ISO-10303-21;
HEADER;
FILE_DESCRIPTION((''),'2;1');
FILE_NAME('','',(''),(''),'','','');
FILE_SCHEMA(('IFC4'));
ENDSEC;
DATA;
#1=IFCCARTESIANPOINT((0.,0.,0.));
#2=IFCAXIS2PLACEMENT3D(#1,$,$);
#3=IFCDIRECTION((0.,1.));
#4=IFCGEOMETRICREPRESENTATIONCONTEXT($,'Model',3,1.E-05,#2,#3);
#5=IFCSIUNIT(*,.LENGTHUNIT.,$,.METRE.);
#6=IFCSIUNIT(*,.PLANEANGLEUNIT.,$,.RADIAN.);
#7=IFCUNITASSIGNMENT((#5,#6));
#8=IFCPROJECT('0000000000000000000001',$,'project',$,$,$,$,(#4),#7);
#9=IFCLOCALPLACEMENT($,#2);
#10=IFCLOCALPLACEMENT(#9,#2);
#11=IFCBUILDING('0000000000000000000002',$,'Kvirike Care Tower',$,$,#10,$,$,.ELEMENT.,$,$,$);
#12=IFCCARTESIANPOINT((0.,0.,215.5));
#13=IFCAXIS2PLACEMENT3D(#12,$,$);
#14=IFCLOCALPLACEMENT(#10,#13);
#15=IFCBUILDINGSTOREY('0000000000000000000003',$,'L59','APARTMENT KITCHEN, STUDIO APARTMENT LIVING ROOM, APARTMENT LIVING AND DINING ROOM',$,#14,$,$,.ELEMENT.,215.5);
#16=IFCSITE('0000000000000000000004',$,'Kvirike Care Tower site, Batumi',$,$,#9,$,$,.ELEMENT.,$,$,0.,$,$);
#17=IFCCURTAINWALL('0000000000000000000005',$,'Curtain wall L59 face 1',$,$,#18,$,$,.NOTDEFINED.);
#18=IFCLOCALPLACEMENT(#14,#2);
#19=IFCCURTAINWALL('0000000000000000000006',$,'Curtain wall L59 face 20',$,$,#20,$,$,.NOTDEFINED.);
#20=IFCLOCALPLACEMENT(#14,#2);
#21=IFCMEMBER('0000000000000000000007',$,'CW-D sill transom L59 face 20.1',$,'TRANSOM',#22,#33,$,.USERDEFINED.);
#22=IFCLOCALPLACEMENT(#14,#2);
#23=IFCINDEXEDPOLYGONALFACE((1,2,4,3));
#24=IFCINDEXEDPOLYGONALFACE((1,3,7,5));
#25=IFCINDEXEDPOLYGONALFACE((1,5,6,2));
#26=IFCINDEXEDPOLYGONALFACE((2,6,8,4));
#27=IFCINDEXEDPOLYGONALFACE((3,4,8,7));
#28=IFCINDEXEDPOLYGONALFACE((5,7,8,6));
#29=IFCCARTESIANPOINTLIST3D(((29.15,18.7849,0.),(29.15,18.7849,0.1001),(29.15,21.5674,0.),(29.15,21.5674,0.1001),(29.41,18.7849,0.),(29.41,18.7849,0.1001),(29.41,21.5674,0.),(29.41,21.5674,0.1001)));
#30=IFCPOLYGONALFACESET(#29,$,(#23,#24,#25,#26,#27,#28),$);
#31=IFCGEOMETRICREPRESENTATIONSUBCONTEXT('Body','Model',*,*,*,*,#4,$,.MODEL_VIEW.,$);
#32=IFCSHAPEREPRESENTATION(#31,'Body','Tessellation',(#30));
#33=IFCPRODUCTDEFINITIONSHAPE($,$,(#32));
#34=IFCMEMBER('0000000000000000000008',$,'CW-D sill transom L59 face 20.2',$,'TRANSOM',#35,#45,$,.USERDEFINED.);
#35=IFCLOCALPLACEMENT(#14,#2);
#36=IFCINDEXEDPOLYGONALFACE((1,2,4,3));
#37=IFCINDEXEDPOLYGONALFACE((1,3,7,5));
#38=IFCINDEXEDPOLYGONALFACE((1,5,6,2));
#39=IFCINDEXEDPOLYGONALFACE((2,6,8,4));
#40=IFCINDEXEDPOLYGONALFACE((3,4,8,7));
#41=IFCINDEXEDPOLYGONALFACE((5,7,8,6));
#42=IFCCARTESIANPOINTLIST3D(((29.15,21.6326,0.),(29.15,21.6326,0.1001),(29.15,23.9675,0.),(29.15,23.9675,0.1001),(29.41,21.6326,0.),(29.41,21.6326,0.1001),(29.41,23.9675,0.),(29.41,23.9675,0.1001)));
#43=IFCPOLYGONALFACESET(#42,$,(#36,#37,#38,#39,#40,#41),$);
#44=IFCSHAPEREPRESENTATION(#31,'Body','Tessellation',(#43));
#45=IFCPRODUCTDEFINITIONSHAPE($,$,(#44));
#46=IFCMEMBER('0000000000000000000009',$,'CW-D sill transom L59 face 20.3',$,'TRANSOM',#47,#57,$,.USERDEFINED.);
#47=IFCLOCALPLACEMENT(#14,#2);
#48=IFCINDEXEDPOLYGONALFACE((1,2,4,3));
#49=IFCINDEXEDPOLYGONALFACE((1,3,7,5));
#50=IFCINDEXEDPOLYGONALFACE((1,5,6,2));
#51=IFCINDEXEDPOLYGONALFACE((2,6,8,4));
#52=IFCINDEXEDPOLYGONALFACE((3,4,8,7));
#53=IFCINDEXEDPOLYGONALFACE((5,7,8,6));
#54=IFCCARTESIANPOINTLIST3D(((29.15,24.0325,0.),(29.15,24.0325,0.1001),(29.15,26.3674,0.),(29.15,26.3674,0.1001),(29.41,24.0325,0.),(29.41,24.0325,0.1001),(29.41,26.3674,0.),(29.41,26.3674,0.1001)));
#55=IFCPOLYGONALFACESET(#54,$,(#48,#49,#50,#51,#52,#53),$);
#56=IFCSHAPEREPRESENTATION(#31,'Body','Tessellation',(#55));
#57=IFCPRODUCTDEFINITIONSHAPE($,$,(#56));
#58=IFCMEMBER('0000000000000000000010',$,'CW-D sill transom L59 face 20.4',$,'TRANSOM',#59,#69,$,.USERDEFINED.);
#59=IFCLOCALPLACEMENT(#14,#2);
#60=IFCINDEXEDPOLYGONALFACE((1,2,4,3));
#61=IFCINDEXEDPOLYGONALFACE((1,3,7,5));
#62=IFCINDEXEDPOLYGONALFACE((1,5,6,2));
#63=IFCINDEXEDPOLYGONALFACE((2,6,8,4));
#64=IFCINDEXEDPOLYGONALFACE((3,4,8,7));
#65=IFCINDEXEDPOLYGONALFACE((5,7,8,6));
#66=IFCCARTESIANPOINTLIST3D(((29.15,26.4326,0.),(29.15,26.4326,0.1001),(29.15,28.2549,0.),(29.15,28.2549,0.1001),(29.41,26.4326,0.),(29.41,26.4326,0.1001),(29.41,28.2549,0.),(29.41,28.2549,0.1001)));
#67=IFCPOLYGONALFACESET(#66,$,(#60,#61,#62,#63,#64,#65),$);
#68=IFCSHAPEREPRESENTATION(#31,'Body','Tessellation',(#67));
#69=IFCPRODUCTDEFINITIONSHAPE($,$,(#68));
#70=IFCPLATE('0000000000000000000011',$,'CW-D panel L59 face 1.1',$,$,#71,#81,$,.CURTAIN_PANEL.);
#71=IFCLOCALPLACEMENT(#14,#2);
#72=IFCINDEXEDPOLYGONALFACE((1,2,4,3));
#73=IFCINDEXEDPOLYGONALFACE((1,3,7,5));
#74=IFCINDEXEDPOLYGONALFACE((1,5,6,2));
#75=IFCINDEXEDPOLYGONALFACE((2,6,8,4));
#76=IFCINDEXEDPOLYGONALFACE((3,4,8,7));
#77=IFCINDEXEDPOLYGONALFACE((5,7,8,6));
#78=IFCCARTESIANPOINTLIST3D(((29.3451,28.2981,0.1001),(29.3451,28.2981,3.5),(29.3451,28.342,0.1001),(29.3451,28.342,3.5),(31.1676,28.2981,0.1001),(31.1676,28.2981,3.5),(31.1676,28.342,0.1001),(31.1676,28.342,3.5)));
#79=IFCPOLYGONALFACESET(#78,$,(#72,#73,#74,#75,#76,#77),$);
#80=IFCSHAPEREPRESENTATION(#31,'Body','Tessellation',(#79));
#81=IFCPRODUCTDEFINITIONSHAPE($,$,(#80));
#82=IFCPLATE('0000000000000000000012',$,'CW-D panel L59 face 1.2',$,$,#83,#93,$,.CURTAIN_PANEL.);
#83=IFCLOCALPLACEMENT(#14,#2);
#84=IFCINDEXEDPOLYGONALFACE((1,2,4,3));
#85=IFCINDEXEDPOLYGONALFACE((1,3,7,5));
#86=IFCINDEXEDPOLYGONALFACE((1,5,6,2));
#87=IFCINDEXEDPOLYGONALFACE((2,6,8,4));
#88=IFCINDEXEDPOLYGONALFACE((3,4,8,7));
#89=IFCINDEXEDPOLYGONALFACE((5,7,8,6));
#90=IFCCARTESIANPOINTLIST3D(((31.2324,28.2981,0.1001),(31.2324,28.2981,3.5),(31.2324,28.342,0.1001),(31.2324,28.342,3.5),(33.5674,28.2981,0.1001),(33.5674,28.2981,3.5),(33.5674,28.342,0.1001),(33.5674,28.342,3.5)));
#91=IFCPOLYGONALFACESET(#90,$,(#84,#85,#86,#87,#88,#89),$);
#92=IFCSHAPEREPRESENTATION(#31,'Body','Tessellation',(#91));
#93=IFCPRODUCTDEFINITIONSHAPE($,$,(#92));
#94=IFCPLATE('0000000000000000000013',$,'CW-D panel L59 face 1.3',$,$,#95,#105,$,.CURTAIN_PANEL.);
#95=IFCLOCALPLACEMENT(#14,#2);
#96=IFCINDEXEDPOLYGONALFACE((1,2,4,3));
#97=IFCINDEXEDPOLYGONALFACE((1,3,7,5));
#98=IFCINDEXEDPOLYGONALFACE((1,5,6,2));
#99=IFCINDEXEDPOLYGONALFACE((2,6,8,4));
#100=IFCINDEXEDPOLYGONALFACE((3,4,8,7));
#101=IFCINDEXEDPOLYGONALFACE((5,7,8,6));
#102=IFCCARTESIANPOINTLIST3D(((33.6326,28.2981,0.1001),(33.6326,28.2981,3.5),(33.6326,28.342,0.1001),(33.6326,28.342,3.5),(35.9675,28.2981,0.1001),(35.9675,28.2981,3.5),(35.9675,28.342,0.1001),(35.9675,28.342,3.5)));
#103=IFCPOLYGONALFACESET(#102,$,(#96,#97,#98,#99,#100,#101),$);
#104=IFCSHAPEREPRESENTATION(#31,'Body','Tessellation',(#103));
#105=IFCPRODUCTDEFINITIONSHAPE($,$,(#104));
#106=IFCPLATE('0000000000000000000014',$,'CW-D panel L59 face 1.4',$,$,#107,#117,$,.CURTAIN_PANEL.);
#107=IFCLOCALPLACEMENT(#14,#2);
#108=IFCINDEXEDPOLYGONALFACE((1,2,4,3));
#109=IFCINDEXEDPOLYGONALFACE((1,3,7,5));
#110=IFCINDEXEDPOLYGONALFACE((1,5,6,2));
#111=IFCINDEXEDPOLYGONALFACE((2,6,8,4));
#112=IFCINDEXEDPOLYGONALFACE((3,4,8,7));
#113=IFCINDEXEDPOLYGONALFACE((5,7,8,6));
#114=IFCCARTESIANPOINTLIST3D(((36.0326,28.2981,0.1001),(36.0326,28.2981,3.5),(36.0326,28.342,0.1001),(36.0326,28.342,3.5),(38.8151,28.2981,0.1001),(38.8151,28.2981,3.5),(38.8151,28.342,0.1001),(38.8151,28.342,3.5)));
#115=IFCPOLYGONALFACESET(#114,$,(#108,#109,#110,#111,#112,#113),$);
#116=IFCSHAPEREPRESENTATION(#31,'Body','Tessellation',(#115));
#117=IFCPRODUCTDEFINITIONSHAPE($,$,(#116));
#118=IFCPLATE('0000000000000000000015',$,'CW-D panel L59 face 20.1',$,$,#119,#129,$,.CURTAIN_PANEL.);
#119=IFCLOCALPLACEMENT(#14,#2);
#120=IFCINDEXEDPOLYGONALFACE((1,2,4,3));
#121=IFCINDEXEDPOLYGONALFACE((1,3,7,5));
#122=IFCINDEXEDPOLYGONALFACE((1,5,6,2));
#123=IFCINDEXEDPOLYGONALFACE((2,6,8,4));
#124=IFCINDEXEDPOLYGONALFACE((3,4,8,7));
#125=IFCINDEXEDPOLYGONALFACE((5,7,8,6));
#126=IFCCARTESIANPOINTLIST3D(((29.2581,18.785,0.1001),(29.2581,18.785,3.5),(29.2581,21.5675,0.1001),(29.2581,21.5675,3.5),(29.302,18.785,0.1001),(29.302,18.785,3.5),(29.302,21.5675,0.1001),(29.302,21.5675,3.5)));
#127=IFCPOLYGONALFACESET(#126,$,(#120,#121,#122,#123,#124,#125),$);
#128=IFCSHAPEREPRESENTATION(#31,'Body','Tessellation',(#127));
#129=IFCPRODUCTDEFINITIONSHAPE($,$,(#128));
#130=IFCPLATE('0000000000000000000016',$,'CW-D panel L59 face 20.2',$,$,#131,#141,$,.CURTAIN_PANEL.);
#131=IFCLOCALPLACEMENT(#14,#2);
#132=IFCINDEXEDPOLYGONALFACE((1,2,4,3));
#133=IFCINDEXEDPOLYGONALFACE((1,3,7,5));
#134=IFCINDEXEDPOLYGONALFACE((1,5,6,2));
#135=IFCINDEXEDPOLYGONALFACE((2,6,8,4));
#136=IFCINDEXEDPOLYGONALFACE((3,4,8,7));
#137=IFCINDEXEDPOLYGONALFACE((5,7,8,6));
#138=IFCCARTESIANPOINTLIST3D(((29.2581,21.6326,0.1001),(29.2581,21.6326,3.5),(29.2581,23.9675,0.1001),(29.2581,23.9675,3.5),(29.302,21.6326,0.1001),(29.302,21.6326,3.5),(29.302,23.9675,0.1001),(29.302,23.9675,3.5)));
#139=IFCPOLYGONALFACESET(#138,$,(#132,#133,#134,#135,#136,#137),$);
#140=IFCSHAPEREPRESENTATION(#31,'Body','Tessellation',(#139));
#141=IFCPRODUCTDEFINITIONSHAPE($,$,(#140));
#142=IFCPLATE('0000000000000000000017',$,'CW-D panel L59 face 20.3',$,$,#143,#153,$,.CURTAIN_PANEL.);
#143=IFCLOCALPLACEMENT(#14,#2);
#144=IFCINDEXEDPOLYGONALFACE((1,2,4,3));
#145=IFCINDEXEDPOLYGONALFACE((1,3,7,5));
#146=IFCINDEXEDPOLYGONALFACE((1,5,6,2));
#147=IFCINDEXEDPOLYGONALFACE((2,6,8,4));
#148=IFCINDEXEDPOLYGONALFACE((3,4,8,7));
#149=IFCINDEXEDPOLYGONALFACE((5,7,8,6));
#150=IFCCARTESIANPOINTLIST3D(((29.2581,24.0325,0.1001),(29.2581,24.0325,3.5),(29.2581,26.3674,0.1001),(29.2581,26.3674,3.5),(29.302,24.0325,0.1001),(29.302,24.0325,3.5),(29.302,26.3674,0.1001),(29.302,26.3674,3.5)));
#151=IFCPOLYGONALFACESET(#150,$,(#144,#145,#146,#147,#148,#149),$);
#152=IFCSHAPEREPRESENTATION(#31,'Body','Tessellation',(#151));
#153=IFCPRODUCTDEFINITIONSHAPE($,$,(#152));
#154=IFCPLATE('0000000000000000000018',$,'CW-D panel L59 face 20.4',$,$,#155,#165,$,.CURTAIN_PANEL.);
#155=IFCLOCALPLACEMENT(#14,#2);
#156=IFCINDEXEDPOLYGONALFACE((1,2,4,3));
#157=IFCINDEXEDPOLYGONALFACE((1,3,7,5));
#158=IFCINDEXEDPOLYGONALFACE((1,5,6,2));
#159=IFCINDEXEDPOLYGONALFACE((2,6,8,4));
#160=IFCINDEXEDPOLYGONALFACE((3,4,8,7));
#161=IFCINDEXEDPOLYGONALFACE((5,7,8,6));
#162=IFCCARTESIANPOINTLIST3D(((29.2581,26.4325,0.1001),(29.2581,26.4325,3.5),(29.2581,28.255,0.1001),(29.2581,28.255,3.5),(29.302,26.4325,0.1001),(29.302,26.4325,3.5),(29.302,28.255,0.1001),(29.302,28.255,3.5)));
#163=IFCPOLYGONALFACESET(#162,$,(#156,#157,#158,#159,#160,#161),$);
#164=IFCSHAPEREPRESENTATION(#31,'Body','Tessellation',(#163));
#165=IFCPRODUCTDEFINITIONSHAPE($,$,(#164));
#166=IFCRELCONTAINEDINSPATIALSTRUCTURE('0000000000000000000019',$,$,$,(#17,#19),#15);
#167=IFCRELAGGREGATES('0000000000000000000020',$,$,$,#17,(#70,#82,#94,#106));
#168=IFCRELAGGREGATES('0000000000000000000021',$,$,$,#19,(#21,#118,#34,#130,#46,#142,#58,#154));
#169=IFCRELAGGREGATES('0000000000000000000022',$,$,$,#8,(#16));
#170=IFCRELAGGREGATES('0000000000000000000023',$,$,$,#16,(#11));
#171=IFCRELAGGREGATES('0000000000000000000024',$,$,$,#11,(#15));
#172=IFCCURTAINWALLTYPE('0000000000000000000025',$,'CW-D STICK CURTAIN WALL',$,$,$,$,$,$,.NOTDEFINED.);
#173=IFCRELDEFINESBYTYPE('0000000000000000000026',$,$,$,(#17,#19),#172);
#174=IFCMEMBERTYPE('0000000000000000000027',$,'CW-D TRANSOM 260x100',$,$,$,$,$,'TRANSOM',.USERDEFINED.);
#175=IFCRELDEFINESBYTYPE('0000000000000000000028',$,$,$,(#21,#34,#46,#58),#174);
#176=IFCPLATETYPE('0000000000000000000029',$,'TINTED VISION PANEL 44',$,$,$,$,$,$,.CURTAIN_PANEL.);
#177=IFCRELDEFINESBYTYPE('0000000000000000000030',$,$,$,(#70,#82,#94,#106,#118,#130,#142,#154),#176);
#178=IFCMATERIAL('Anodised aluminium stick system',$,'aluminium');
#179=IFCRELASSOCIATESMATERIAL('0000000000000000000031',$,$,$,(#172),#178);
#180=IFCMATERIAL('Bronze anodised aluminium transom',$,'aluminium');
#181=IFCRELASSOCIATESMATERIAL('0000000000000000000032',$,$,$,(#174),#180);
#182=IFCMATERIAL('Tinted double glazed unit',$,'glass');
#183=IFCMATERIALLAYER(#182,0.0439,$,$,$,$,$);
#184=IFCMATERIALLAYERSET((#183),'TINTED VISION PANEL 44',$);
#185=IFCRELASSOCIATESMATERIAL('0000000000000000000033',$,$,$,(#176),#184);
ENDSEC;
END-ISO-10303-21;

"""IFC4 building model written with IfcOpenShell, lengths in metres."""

from ifc_helpers import new_model, si_unit, direction, frame, origin, origin_2d, place, context, subcontext, project, spatial, rectangle, extrude, material, layer, layer_set, material_profile, profile_set, type_object, element, aggregate, save


model = new_model("IFC4")

# Units and contexts
model_context = context("Model", 3, precision=1e-05, world=origin(), true_north=direction((0.0, 1.0)))
body_context = subcontext(model_context, "Body", "Model", "MODEL_VIEW")
ifc_project = project(units=[si_unit("LENGTHUNIT", "METRE"), si_unit("PLANEANGLEUNIT", "RADIAN")], contexts=[model_context])

# Site, building, storey
site_placement = place(None, origin())
site = spatial("IfcSite", under=ifc_project, at=site_placement, Name="Kvirike Care Tower site, Batumi", CompositionType="ELEMENT", RefElevation=0.0)
building_placement = place(site_placement, origin())
building = spatial("IfcBuilding", under=site, at=building_placement, Name="Kvirike Care Tower", CompositionType="ELEMENT")
storey_placement = place(building_placement, frame((0.0, 0.0, 215.5)))
storey = spatial("IfcBuildingStorey", under=building, at=storey_placement, Name="L59", Description="APARTMENT KITCHEN, STUDIO APARTMENT LIVING ROOM, APARTMENT LIVING AND DINING ROOM", CompositionType="ELEMENT", Elevation=215.5)

# Curtain walls
ifc_material_1 = material(Name="Anodised aluminium stick system", Category="aluminium")
curtain_wall_type = type_object("IfcCurtainWallType", Name="CW-D STICK CURTAIN WALL", PredefinedType="NOTDEFINED", material=ifc_material_1)
curtain_wall_1_placement = place(storey_placement, origin())
curtain_wall_1 = element("IfcCurtainWall", 1, at=curtain_wall_1_placement, inside=storey, type_object=curtain_wall_type, Name="Curtain wall L59 face 1", PredefinedType="NOTDEFINED")
curtain_wall_2_placement = place(storey_placement, origin())
curtain_wall_2 = element("IfcCurtainWall", 2, at=curtain_wall_2_placement, inside=storey, type_object=curtain_wall_type, Name="Curtain wall L59 face 20", PredefinedType="NOTDEFINED")

# Members
ifc_material_2 = material(Name="Bronze anodised aluminium transom", Category="aluminium")
ifc_material_profile_1 = material_profile(ifc_material_2, rectangle(XDim=0.26, YDim=0.1001, at=origin_2d()), Name="CW-D TRANSOM 260x100")
ifc_profile_set_1 = profile_set([ifc_material_profile_1], Name="Bronze anodised aluminium transom")
member_type_1 = type_object("IfcMemberType", Name="CW-D TRANSOM 260x100", ElementType="TRANSOM", PredefinedType="USERDEFINED", material=ifc_profile_set_1)
member_1_placement = place(storey_placement, frame((29.28, 18.7849, 0.05), z_axis=(0.0, 1.0, 0.0), x_axis=(-1.0, 0.0, 0.0)))
member_1 = element("IfcMember", 3, at=member_1_placement, type_object=member_type_1, Name="CW-D sill transom L59 face 20.1", ObjectType="TRANSOM", PredefinedType="USERDEFINED", context=body_context, shape_type="SweptSolid", body=[
    extrude(rectangle(XDim=0.26, YDim=0.1001, at=origin_2d()), origin(), (0.0, 0.0, 1.0), 2.7825),
])
member_2_placement = place(storey_placement, frame((29.28, 21.6326, 0.05), z_axis=(0.0, 1.0, 0.0), x_axis=(-1.0, 0.0, 0.0)))
member_2 = element("IfcMember", 4, at=member_2_placement, type_object=member_type_1, Name="CW-D sill transom L59 face 20.2", ObjectType="TRANSOM", PredefinedType="USERDEFINED", context=body_context, shape_type="SweptSolid", body=[
    extrude(rectangle(XDim=0.26, YDim=0.1001, at=origin_2d()), origin(), (0.0, 0.0, 1.0), 2.335),
])
member_3_placement = place(storey_placement, frame((29.28, 24.0325, 0.05), z_axis=(0.0, 1.0, 0.0), x_axis=(-1.0, 0.0, 0.0)))
member_3 = element("IfcMember", 5, at=member_3_placement, type_object=member_type_1, Name="CW-D sill transom L59 face 20.3", ObjectType="TRANSOM", PredefinedType="USERDEFINED", context=body_context, shape_type="SweptSolid", body=[
    extrude(rectangle(XDim=0.26, YDim=0.1001, at=origin_2d()), origin(), (0.0, 0.0, 1.0), 2.335),
])
member_4_placement = place(storey_placement, frame((29.28, 26.4326, 0.05), z_axis=(0.0, 1.0, 0.0), x_axis=(-1.0, 0.0, 0.0)))
member_4 = element("IfcMember", 6, at=member_4_placement, type_object=member_type_1, Name="CW-D sill transom L59 face 20.4", ObjectType="TRANSOM", PredefinedType="USERDEFINED", context=body_context, shape_type="SweptSolid", body=[
    extrude(rectangle(XDim=0.26, YDim=0.1001, at=origin_2d()), origin(), (0.0, 0.0, 1.0), 1.8223),
])

# Plates
ifc_material_3 = material(Name="Tinted double glazed unit", Category="glass")
ifc_layer = layer(ifc_material_3, 0.0439)
ifc_layer_set = layer_set([ifc_layer], Name="TINTED VISION PANEL 44")
plate_type = type_object("IfcPlateType", Name="TINTED VISION PANEL 44", PredefinedType="CURTAIN_PANEL", material=ifc_layer_set)
plate_1_placement = place(storey_placement, frame((30.2563, 28.3201, 0.1001), z_axis=(0.0, 0.0, 1.0), x_axis=(1.0, 0.0, 0.0)))
plate_1 = element("IfcPlate", 7, at=plate_1_placement, type_object=plate_type, Name="CW-D panel L59 face 1.1", PredefinedType="CURTAIN_PANEL", context=body_context, shape_type="SweptSolid", body=[
    extrude(rectangle(XDim=1.8225, YDim=0.0439, at=origin_2d()), origin(), (0.0, 0.0, 1.0), 3.3999),
])
plate_2_placement = place(storey_placement, frame((32.3999, 28.3201, 0.1001), z_axis=(0.0, 0.0, 1.0), x_axis=(1.0, 0.0, 0.0)))
plate_2 = element("IfcPlate", 8, at=plate_2_placement, type_object=plate_type, Name="CW-D panel L59 face 1.2", PredefinedType="CURTAIN_PANEL", context=body_context, shape_type="SweptSolid", body=[
    extrude(rectangle(XDim=2.335, YDim=0.0439, at=origin_2d()), origin(), (0.0, 0.0, 1.0), 3.3999),
])
plate_3_placement = place(storey_placement, frame((34.8, 28.3201, 0.1001), z_axis=(0.0, 0.0, 1.0), x_axis=(1.0, 0.0, 0.0)))
plate_3 = element("IfcPlate", 9, at=plate_3_placement, type_object=plate_type, Name="CW-D panel L59 face 1.3", PredefinedType="CURTAIN_PANEL", context=body_context, shape_type="SweptSolid", body=[
    extrude(rectangle(XDim=2.335, YDim=0.0439, at=origin_2d()), origin(), (0.0, 0.0, 1.0), 3.3999),
])
plate_4_placement = place(storey_placement, frame((37.4238, 28.3201, 0.1001), z_axis=(0.0, 0.0, 1.0), x_axis=(1.0, 0.0, 0.0)))
plate_4 = element("IfcPlate", 10, at=plate_4_placement, type_object=plate_type, Name="CW-D panel L59 face 1.4", PredefinedType="CURTAIN_PANEL", context=body_context, shape_type="SweptSolid", body=[
    extrude(rectangle(XDim=2.7825, YDim=0.0439, at=origin_2d()), origin(), (0.0, 0.0, 1.0), 3.3999),
])
aggregate(curtain_wall_1, [plate_1, plate_2, plate_3, plate_4])
plate_5_placement = place(storey_placement, frame((29.28, 20.1763, 0.1001), z_axis=(0.0, 0.0, 1.0), x_axis=(0.0, 1.0, 0.0)))
plate_5 = element("IfcPlate", 11, at=plate_5_placement, type_object=plate_type, Name="CW-D panel L59 face 20.1", PredefinedType="CURTAIN_PANEL", context=body_context, shape_type="SweptSolid", body=[
    extrude(rectangle(XDim=2.7825, YDim=0.0439, at=origin_2d()), origin(), (0.0, 0.0, 1.0), 3.3999),
])
plate_6_placement = place(storey_placement, frame((29.28, 22.8, 0.1001), z_axis=(0.0, 0.0, 1.0), x_axis=(0.0, 1.0, 0.0)))
plate_6 = element("IfcPlate", 12, at=plate_6_placement, type_object=plate_type, Name="CW-D panel L59 face 20.2", PredefinedType="CURTAIN_PANEL", context=body_context, shape_type="SweptSolid", body=[
    extrude(rectangle(XDim=2.335, YDim=0.0439, at=origin_2d()), origin(), (0.0, 0.0, 1.0), 3.3999),
])
plate_7_placement = place(storey_placement, frame((29.28, 25.2, 0.1001), z_axis=(0.0, 0.0, 1.0), x_axis=(0.0, 1.0, 0.0)))
plate_7 = element("IfcPlate", 13, at=plate_7_placement, type_object=plate_type, Name="CW-D panel L59 face 20.3", PredefinedType="CURTAIN_PANEL", context=body_context, shape_type="SweptSolid", body=[
    extrude(rectangle(XDim=2.335, YDim=0.0439, at=origin_2d()), origin(), (0.0, 0.0, 1.0), 3.3999),
])
plate_8_placement = place(storey_placement, frame((29.28, 27.3438, 0.1001), z_axis=(0.0, 0.0, 1.0), x_axis=(0.0, 1.0, 0.0)))
plate_8 = element("IfcPlate", 14, at=plate_8_placement, type_object=plate_type, Name="CW-D panel L59 face 20.4", PredefinedType="CURTAIN_PANEL", context=body_context, shape_type="SweptSolid", body=[
    extrude(rectangle(XDim=1.8225, YDim=0.0439, at=origin_2d()), origin(), (0.0, 0.0, 1.0), 3.3999),
])
aggregate(curtain_wall_2, [member_1, plate_5, member_2, plate_6, member_3, plate_7, member_4, plate_8])

save(model, "model.ifc")
